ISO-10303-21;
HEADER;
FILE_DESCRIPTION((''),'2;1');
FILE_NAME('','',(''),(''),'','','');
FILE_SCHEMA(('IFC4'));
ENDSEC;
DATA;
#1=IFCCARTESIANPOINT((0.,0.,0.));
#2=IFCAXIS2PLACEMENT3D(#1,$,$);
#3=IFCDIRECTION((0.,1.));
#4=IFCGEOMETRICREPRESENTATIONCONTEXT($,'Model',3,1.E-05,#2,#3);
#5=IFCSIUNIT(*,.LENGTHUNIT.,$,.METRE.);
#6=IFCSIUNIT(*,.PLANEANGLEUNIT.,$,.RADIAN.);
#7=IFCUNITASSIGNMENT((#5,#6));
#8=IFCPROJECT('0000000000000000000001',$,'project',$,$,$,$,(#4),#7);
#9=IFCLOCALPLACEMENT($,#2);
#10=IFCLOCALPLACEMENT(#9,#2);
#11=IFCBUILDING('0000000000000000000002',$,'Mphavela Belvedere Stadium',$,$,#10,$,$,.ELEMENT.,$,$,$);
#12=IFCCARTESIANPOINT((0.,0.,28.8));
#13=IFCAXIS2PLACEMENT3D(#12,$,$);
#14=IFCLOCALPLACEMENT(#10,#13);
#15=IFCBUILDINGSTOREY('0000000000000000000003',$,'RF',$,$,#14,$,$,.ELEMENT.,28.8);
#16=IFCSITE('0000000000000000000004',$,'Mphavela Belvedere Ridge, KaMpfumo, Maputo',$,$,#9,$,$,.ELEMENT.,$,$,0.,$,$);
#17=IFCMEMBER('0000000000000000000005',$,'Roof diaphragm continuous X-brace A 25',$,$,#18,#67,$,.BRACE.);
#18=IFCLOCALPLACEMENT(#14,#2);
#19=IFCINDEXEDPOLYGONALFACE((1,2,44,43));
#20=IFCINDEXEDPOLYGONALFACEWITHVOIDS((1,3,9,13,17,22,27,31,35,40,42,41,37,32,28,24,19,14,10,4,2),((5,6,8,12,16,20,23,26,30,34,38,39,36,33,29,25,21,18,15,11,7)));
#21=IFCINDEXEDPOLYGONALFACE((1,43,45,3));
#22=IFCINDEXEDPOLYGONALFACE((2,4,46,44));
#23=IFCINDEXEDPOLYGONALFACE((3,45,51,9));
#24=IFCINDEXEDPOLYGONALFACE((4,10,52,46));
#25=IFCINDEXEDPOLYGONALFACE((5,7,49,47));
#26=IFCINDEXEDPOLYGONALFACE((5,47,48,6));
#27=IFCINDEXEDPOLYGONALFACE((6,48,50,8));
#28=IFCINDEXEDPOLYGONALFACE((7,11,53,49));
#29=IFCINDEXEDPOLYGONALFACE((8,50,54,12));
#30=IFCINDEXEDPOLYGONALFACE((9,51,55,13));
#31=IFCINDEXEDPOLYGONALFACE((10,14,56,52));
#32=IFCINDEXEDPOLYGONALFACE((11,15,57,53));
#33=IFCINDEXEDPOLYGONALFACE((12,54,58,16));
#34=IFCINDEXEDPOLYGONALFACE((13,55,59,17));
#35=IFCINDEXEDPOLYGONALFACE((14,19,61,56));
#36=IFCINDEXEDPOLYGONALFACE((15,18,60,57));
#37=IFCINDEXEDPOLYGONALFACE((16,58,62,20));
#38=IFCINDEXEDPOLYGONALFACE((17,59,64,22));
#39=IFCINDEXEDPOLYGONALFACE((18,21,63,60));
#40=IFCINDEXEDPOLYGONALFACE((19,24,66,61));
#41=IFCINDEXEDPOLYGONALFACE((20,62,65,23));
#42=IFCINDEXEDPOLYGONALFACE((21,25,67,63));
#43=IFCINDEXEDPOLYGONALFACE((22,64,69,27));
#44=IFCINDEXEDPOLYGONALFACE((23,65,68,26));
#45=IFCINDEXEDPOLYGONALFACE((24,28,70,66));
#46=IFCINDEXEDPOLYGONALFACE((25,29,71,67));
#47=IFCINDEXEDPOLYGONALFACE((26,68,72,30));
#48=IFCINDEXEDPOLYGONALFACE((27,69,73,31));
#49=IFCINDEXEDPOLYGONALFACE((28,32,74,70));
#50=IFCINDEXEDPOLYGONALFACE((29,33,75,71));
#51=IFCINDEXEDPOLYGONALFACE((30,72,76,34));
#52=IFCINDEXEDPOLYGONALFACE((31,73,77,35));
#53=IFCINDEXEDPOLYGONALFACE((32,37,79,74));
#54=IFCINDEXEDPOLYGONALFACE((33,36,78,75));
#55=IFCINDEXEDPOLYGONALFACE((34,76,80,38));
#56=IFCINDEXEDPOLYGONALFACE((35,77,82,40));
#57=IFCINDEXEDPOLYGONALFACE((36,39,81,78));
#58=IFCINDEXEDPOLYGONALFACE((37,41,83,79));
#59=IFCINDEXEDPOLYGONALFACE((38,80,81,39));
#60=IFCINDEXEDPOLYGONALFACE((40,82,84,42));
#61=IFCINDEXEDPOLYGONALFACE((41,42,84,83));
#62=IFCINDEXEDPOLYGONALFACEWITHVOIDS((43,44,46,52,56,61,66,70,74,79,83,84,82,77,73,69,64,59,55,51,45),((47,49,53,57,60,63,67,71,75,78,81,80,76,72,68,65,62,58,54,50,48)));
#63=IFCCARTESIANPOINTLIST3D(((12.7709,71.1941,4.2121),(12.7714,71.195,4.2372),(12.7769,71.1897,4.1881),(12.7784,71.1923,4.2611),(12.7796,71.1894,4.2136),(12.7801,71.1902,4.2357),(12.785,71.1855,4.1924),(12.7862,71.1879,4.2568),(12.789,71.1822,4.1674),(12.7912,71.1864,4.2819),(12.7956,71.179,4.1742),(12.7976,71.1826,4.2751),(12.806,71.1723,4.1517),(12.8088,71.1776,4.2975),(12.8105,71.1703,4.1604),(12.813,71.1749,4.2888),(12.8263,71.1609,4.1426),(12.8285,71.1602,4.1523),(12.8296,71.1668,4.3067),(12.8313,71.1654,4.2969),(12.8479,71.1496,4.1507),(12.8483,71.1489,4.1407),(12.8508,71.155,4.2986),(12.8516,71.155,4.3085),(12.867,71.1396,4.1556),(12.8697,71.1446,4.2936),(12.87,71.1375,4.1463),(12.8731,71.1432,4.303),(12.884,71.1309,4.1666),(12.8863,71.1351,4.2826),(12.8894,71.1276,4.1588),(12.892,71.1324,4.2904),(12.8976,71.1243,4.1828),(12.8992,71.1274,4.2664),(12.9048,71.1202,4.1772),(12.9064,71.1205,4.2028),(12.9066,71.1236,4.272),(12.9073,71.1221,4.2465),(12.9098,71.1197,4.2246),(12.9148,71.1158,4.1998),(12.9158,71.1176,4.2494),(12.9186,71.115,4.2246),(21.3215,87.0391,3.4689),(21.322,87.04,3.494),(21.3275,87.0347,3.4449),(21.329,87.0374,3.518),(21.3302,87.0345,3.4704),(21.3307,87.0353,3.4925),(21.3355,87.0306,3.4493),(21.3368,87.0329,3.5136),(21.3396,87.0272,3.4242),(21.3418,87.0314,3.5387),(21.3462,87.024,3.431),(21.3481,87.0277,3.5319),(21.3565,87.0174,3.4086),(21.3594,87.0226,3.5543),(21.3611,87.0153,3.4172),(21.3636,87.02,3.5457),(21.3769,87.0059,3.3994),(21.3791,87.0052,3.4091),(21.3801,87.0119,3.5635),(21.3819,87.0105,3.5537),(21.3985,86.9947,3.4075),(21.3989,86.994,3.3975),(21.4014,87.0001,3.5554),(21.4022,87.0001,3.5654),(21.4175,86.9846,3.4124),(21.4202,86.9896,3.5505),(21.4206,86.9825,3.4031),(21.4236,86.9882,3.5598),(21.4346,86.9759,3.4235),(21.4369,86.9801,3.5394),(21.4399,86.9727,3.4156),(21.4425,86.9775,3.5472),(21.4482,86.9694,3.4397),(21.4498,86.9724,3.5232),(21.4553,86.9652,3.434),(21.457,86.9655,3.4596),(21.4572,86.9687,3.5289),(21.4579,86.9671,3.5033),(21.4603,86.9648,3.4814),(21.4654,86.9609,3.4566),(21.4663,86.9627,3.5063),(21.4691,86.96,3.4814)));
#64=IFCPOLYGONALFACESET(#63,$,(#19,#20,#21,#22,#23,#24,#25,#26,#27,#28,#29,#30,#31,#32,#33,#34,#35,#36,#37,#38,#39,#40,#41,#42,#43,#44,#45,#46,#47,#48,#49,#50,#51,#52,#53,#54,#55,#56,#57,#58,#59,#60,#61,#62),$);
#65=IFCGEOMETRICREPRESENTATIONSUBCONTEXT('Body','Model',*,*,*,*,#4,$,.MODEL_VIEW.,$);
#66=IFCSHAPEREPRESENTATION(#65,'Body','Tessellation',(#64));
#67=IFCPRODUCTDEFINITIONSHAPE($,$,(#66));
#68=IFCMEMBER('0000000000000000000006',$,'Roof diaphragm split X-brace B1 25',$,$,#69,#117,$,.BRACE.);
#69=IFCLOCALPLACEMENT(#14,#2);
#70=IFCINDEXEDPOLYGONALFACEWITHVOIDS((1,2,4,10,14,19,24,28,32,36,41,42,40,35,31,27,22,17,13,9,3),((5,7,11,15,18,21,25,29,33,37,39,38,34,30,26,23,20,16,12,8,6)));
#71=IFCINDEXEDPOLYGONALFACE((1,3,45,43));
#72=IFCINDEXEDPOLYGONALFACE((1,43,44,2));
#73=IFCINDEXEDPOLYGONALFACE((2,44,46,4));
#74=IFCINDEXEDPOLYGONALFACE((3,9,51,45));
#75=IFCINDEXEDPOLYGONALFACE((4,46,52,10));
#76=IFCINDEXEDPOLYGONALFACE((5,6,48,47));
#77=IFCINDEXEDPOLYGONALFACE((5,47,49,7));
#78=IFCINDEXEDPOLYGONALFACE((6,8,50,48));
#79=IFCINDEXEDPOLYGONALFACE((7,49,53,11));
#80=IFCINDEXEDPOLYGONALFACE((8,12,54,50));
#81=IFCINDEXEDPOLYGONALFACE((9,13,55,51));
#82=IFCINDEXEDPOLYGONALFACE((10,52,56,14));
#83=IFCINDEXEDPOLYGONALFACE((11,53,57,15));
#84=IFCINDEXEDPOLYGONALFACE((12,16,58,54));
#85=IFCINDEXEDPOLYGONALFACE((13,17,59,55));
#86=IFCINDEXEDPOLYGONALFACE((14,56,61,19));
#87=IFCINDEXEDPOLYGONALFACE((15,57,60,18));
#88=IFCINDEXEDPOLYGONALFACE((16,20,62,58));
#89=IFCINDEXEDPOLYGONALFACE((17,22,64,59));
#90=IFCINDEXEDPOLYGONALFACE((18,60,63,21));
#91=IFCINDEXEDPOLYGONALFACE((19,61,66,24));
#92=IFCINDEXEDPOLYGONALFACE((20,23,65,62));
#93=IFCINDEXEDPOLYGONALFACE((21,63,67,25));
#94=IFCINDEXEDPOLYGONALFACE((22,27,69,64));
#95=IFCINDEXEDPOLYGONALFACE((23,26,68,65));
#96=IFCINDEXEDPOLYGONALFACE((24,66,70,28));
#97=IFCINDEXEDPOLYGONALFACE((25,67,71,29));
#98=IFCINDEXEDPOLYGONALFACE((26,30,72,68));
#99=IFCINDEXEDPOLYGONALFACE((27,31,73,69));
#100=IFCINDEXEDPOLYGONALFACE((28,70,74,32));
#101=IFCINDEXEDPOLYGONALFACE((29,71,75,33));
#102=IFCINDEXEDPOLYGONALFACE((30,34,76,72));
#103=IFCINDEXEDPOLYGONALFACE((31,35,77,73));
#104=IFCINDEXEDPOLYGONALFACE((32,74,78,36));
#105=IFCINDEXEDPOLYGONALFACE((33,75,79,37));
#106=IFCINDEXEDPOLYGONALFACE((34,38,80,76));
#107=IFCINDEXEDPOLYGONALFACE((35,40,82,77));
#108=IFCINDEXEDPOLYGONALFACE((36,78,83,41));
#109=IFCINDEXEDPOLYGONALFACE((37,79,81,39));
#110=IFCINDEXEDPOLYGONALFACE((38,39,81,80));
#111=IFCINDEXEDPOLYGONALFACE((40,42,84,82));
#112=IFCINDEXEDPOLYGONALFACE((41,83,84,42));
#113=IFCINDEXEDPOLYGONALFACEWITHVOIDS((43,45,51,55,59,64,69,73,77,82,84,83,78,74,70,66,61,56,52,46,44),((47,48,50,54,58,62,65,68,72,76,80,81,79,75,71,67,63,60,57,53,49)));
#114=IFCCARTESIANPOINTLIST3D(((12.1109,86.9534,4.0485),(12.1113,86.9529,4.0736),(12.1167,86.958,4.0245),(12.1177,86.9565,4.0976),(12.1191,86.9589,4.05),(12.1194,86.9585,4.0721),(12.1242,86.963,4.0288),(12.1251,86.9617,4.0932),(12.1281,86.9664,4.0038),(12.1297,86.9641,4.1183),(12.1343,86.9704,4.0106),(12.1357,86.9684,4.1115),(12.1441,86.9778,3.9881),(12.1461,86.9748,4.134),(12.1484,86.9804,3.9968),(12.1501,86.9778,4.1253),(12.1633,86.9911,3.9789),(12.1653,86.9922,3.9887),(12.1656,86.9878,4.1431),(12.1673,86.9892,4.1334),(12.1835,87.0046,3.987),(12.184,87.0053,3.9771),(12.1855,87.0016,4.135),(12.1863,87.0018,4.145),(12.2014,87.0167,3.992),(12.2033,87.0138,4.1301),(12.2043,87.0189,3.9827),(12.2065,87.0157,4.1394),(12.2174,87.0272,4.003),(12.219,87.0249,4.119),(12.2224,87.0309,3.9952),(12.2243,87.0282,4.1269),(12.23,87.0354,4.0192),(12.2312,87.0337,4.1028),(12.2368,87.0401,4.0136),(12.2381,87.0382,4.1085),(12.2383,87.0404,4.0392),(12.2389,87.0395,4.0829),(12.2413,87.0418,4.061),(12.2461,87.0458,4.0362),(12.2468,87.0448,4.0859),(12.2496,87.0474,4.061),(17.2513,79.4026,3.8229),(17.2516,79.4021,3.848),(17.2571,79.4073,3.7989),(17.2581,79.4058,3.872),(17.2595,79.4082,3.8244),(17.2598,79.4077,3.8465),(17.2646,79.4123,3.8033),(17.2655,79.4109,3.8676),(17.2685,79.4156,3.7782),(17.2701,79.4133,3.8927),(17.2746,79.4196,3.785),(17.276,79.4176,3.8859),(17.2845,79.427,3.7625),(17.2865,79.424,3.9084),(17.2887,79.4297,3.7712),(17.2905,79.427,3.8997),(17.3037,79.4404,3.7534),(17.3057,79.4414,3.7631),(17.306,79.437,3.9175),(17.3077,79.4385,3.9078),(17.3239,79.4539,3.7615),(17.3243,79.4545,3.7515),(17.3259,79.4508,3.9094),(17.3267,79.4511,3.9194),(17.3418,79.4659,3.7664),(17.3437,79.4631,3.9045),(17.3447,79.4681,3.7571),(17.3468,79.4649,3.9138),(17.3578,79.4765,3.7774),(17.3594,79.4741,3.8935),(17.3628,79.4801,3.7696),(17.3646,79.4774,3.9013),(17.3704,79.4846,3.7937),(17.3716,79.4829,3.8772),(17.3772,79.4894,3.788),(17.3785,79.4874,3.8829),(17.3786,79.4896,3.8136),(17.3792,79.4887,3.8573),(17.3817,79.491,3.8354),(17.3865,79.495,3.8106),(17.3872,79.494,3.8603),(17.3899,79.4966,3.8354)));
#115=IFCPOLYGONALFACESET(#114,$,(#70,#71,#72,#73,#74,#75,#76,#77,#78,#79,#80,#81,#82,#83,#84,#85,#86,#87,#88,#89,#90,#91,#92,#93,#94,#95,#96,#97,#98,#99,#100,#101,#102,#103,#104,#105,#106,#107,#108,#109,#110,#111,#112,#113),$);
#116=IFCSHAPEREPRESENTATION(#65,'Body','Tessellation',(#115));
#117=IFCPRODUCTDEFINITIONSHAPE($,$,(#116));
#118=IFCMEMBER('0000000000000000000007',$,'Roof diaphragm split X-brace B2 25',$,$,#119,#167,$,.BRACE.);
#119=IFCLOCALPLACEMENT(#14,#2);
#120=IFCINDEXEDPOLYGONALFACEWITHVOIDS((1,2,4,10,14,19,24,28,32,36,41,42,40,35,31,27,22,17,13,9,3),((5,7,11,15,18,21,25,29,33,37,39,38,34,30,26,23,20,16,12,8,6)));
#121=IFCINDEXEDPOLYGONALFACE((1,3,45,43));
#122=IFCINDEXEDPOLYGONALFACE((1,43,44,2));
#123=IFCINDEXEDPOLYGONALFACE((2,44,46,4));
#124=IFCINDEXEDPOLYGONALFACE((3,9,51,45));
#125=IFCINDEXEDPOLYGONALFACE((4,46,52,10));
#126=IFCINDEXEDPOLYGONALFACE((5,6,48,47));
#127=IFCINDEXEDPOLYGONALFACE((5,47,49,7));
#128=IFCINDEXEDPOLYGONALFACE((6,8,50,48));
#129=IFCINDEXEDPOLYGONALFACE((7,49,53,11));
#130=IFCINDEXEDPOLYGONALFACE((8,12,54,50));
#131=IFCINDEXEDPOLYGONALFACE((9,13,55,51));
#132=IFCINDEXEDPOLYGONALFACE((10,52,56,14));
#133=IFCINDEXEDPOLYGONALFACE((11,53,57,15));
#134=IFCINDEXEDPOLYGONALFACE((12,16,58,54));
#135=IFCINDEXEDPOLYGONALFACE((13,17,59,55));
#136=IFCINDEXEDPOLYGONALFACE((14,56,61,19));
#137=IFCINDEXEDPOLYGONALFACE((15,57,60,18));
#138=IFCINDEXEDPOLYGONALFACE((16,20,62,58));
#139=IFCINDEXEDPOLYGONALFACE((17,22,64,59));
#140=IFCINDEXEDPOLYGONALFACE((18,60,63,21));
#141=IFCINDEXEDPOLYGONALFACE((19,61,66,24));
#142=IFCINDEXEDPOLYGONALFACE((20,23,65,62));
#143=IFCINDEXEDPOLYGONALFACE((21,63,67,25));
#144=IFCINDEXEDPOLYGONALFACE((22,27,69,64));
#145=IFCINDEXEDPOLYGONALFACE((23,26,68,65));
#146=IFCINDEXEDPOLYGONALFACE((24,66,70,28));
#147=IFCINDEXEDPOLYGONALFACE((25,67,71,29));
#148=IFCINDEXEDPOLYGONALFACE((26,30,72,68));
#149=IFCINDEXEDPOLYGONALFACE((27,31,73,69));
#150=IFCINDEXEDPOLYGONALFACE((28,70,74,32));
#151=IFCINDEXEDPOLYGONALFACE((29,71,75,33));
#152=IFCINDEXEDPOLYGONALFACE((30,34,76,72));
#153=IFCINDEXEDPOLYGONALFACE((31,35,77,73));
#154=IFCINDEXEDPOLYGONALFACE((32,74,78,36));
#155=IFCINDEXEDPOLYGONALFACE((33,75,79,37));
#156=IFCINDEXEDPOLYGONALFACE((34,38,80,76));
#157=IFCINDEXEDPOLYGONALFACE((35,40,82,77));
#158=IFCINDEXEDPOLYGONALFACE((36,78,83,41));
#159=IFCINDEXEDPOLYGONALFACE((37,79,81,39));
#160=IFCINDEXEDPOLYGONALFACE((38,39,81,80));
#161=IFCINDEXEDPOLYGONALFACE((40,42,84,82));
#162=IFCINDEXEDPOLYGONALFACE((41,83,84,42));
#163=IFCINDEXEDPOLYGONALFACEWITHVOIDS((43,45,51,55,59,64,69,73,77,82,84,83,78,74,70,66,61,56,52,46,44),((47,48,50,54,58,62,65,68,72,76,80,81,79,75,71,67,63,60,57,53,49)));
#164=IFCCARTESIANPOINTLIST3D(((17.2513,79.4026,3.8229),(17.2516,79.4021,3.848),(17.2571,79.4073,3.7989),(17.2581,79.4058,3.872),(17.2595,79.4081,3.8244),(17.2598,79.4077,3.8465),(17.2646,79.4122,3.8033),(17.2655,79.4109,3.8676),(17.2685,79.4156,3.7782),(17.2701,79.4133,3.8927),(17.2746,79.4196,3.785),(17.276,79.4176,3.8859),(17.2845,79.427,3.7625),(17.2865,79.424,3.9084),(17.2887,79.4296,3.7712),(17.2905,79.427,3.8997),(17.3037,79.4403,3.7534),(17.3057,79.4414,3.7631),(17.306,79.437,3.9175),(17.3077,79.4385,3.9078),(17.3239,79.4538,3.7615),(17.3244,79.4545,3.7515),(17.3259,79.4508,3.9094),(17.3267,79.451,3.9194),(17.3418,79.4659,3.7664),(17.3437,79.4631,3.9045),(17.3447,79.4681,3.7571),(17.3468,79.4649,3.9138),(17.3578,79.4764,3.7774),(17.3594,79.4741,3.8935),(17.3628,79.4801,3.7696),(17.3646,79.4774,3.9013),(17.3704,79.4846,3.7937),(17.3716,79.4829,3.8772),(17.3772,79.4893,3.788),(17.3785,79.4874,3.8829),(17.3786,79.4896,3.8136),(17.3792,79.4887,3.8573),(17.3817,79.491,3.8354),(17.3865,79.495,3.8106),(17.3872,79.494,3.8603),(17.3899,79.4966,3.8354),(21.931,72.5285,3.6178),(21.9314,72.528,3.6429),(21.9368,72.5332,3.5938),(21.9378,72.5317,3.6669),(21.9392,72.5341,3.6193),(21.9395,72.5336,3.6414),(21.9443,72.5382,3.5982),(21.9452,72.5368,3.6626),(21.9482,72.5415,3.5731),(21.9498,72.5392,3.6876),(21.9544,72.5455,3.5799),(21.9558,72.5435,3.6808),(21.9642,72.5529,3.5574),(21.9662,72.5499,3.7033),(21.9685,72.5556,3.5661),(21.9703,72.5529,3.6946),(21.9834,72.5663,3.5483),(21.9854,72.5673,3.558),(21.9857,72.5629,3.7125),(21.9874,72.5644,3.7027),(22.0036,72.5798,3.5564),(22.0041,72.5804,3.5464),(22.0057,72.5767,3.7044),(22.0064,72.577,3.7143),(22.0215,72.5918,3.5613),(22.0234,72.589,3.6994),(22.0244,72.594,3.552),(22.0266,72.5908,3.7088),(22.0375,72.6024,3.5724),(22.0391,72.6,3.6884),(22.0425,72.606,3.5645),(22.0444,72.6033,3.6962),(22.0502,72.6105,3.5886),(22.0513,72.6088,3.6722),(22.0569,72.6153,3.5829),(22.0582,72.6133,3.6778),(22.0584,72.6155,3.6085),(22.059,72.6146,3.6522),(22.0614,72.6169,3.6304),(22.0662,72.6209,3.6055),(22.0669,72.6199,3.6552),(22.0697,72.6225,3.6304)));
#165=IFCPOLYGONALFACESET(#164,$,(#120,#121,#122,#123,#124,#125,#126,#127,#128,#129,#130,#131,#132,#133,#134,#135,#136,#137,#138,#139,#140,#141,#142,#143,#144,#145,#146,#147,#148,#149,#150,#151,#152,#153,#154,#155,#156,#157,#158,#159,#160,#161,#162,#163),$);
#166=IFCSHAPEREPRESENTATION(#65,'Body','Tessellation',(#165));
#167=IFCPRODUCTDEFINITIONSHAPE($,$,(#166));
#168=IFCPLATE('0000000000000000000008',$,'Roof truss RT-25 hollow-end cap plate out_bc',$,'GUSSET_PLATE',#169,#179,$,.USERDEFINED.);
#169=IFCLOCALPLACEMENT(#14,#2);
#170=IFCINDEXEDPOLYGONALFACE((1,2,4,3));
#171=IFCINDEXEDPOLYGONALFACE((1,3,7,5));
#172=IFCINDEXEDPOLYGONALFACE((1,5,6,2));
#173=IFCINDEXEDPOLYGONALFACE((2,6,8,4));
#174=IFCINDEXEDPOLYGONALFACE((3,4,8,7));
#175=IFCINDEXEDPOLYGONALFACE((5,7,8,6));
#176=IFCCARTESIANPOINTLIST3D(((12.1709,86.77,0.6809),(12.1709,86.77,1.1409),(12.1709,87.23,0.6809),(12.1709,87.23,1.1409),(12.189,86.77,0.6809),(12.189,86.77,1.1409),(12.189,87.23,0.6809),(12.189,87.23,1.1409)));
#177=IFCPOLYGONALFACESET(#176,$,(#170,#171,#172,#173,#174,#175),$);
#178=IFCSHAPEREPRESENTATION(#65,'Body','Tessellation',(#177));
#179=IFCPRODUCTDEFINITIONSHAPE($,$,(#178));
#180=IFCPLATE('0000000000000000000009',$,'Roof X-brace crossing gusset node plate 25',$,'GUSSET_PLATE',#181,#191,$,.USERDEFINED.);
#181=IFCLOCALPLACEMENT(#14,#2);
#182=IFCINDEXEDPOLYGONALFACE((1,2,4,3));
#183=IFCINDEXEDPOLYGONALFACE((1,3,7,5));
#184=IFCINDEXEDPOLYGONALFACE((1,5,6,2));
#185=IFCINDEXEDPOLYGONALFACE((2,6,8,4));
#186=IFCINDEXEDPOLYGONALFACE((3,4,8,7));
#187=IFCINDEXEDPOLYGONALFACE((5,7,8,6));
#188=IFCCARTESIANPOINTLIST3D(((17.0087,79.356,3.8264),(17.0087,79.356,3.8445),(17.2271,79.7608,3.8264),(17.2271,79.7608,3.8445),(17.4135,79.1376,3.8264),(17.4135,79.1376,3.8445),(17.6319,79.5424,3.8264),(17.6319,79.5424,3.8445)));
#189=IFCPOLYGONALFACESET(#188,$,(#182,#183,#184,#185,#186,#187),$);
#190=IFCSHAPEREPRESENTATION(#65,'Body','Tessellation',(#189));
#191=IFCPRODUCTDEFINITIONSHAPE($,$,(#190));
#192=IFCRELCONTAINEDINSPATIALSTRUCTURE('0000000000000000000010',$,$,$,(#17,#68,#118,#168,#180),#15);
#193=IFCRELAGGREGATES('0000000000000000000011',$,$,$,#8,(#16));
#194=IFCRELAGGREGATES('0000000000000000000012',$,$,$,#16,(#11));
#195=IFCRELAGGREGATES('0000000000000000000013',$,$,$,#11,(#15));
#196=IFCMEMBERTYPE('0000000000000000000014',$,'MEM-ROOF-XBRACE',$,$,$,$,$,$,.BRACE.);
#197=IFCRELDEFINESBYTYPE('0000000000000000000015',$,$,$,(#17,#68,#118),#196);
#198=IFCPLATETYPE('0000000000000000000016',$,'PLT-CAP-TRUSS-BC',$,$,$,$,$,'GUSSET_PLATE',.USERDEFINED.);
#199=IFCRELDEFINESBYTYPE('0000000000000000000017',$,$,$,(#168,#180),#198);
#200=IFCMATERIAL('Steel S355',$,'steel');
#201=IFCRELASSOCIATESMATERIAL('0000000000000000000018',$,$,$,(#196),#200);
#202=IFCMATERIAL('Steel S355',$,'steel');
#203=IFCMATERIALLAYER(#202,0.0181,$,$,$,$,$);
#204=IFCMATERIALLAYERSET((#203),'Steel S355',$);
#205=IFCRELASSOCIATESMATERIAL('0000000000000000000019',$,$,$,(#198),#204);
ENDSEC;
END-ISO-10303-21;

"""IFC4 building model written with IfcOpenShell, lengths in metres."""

from ifc_helpers import new_model, si_unit, direction, frame, origin, origin_2d, place, context, subcontext, project, spatial, rectangle, hollow_circle, extrude, material, layer, layer_set, material_profile, profile_set, type_object, element, save


model = new_model("IFC4")

# Units and contexts
model_context = context("Model", 3, precision=1e-05, world=origin(), true_north=direction((0.0, 1.0)))
body_context = subcontext(model_context, "Body", "Model", "MODEL_VIEW")
ifc_project = project(units=[si_unit("LENGTHUNIT", "METRE"), si_unit("PLANEANGLEUNIT", "RADIAN")], contexts=[model_context])

# Site, building, storey
site_placement = place(None, origin())
site = spatial("IfcSite", under=ifc_project, at=site_placement, Name="Mphavela Belvedere Ridge, KaMpfumo, Maputo", CompositionType="ELEMENT", RefElevation=0.0)
building_placement = place(site_placement, origin())
building = spatial("IfcBuilding", under=site, at=building_placement, Name="Mphavela Belvedere Stadium", CompositionType="ELEMENT")
storey_placement = place(building_placement, frame((0.0, 0.0, 28.8)))
storey = spatial("IfcBuildingStorey", under=building, at=storey_placement, Name="RF", CompositionType="ELEMENT", Elevation=28.8)

# Members
ifc_material_1 = material(Name="Steel S355", Category="steel")
ifc_material_profile_1 = material_profile(ifc_material_1, hollow_circle(Radius=0.0842, WallThickness=0.01, at=origin_2d()), Name="CHS 168.3x10")
ifc_profile_set_1 = profile_set([ifc_material_profile_1], Name="Steel S355")
member_type_1 = type_object("IfcMemberType", Name="MEM-ROOF-XBRACE", PredefinedType="BRACE", material=ifc_profile_set_1)
member_1_placement = place(storey_placement, frame((21.395, 87.0, 3.4814), z_axis=(-0.474498, -0.87929, 0.041241), x_axis=(0.880039, -0.474902, 0.0)))
element("IfcMember", 1, at=member_1_placement, inside=storey, type_object=member_type_1, Name="Roof diaphragm continuous X-brace A 25", PredefinedType="BRACE", context=body_context, shape_type="SweptSolid", body=[
    extrude(hollow_circle(Radius=0.0842, WallThickness=0.01, at=origin_2d()), origin(), (0.0, 0.0, 1.0), 18.0203),
])
member_2_placement = place(storey_placement, frame((12.1799, 87.0, 4.061), z_axis=(0.562576, -0.826377, -0.024689), x_axis=(0.826629, 0.562748, 0.0)))
element("IfcMember", 2, at=member_2_placement, inside=storey, type_object=member_type_1, Name="Roof diaphragm split X-brace B1 25", PredefinedType="BRACE", context=body_context, shape_type="SweptSolid", body=[
    extrude(hollow_circle(Radius=0.0842, WallThickness=0.01, at=origin_2d()), origin(), (0.0, 0.0, 1.0), 9.1372),
])
member_3_placement = place(storey_placement, frame((17.3203, 79.4492, 3.8354), z_axis=(0.562579, -0.826376, -0.024654), x_axis=(0.826627, 0.56275, 0.0)))
element("IfcMember", 3, at=member_3_placement, inside=storey, type_object=member_type_1, Name="Roof diaphragm split X-brace B2 25", PredefinedType="BRACE", context=body_context, shape_type="SweptSolid", body=[
    extrude(hollow_circle(Radius=0.0842, WallThickness=0.01, at=origin_2d()), origin(), (0.0, 0.0, 1.0), 8.3184),
])

# Plates
ifc_material_2 = material(Name="Steel S355", Category="steel")
ifc_layer_1 = layer(ifc_material_2, 0.0181)
ifc_layer_set_1 = layer_set([ifc_layer_1], Name="Steel S355")
plate_type_1 = type_object("IfcPlateType", Name="PLT-CAP-TRUSS-BC", ElementType="GUSSET_PLATE", PredefinedType="USERDEFINED", material=ifc_layer_set_1)
plate_1_placement = place(storey_placement, frame((12.1799, 87.0, 0.6809), z_axis=(0.0, 0.0, 1.0), x_axis=(-1.0, 0.0, 0.0)))
element("IfcPlate", 4, at=plate_1_placement, inside=storey, type_object=plate_type_1, Name="Roof truss RT-25 hollow-end cap plate out_bc", ObjectType="GUSSET_PLATE", PredefinedType="USERDEFINED", context=body_context, shape_type="SweptSolid", body=[
    extrude(rectangle(XDim=0.0181, YDim=0.46, at=origin_2d()), origin(), (0.0, 0.0, 1.0), 0.46),
])
plate_2_placement = place(storey_placement, frame((17.3203, 79.4492, 3.8264), z_axis=(0.0, 0.0, 1.0), x_axis=(-0.474856, -0.880063, 0.0)))
element("IfcPlate", 5, at=plate_2_placement, inside=storey, type_object=plate_type_1, Name="Roof X-brace crossing gusset node plate 25", ObjectType="GUSSET_PLATE", PredefinedType="USERDEFINED", context=body_context, shape_type="SweptSolid", body=[
    extrude(rectangle(XDim=0.46, YDim=0.46, at=origin_2d()), origin(), (0.0, 0.0, 1.0), 0.0181),
])

save(model, "model.ifc")
